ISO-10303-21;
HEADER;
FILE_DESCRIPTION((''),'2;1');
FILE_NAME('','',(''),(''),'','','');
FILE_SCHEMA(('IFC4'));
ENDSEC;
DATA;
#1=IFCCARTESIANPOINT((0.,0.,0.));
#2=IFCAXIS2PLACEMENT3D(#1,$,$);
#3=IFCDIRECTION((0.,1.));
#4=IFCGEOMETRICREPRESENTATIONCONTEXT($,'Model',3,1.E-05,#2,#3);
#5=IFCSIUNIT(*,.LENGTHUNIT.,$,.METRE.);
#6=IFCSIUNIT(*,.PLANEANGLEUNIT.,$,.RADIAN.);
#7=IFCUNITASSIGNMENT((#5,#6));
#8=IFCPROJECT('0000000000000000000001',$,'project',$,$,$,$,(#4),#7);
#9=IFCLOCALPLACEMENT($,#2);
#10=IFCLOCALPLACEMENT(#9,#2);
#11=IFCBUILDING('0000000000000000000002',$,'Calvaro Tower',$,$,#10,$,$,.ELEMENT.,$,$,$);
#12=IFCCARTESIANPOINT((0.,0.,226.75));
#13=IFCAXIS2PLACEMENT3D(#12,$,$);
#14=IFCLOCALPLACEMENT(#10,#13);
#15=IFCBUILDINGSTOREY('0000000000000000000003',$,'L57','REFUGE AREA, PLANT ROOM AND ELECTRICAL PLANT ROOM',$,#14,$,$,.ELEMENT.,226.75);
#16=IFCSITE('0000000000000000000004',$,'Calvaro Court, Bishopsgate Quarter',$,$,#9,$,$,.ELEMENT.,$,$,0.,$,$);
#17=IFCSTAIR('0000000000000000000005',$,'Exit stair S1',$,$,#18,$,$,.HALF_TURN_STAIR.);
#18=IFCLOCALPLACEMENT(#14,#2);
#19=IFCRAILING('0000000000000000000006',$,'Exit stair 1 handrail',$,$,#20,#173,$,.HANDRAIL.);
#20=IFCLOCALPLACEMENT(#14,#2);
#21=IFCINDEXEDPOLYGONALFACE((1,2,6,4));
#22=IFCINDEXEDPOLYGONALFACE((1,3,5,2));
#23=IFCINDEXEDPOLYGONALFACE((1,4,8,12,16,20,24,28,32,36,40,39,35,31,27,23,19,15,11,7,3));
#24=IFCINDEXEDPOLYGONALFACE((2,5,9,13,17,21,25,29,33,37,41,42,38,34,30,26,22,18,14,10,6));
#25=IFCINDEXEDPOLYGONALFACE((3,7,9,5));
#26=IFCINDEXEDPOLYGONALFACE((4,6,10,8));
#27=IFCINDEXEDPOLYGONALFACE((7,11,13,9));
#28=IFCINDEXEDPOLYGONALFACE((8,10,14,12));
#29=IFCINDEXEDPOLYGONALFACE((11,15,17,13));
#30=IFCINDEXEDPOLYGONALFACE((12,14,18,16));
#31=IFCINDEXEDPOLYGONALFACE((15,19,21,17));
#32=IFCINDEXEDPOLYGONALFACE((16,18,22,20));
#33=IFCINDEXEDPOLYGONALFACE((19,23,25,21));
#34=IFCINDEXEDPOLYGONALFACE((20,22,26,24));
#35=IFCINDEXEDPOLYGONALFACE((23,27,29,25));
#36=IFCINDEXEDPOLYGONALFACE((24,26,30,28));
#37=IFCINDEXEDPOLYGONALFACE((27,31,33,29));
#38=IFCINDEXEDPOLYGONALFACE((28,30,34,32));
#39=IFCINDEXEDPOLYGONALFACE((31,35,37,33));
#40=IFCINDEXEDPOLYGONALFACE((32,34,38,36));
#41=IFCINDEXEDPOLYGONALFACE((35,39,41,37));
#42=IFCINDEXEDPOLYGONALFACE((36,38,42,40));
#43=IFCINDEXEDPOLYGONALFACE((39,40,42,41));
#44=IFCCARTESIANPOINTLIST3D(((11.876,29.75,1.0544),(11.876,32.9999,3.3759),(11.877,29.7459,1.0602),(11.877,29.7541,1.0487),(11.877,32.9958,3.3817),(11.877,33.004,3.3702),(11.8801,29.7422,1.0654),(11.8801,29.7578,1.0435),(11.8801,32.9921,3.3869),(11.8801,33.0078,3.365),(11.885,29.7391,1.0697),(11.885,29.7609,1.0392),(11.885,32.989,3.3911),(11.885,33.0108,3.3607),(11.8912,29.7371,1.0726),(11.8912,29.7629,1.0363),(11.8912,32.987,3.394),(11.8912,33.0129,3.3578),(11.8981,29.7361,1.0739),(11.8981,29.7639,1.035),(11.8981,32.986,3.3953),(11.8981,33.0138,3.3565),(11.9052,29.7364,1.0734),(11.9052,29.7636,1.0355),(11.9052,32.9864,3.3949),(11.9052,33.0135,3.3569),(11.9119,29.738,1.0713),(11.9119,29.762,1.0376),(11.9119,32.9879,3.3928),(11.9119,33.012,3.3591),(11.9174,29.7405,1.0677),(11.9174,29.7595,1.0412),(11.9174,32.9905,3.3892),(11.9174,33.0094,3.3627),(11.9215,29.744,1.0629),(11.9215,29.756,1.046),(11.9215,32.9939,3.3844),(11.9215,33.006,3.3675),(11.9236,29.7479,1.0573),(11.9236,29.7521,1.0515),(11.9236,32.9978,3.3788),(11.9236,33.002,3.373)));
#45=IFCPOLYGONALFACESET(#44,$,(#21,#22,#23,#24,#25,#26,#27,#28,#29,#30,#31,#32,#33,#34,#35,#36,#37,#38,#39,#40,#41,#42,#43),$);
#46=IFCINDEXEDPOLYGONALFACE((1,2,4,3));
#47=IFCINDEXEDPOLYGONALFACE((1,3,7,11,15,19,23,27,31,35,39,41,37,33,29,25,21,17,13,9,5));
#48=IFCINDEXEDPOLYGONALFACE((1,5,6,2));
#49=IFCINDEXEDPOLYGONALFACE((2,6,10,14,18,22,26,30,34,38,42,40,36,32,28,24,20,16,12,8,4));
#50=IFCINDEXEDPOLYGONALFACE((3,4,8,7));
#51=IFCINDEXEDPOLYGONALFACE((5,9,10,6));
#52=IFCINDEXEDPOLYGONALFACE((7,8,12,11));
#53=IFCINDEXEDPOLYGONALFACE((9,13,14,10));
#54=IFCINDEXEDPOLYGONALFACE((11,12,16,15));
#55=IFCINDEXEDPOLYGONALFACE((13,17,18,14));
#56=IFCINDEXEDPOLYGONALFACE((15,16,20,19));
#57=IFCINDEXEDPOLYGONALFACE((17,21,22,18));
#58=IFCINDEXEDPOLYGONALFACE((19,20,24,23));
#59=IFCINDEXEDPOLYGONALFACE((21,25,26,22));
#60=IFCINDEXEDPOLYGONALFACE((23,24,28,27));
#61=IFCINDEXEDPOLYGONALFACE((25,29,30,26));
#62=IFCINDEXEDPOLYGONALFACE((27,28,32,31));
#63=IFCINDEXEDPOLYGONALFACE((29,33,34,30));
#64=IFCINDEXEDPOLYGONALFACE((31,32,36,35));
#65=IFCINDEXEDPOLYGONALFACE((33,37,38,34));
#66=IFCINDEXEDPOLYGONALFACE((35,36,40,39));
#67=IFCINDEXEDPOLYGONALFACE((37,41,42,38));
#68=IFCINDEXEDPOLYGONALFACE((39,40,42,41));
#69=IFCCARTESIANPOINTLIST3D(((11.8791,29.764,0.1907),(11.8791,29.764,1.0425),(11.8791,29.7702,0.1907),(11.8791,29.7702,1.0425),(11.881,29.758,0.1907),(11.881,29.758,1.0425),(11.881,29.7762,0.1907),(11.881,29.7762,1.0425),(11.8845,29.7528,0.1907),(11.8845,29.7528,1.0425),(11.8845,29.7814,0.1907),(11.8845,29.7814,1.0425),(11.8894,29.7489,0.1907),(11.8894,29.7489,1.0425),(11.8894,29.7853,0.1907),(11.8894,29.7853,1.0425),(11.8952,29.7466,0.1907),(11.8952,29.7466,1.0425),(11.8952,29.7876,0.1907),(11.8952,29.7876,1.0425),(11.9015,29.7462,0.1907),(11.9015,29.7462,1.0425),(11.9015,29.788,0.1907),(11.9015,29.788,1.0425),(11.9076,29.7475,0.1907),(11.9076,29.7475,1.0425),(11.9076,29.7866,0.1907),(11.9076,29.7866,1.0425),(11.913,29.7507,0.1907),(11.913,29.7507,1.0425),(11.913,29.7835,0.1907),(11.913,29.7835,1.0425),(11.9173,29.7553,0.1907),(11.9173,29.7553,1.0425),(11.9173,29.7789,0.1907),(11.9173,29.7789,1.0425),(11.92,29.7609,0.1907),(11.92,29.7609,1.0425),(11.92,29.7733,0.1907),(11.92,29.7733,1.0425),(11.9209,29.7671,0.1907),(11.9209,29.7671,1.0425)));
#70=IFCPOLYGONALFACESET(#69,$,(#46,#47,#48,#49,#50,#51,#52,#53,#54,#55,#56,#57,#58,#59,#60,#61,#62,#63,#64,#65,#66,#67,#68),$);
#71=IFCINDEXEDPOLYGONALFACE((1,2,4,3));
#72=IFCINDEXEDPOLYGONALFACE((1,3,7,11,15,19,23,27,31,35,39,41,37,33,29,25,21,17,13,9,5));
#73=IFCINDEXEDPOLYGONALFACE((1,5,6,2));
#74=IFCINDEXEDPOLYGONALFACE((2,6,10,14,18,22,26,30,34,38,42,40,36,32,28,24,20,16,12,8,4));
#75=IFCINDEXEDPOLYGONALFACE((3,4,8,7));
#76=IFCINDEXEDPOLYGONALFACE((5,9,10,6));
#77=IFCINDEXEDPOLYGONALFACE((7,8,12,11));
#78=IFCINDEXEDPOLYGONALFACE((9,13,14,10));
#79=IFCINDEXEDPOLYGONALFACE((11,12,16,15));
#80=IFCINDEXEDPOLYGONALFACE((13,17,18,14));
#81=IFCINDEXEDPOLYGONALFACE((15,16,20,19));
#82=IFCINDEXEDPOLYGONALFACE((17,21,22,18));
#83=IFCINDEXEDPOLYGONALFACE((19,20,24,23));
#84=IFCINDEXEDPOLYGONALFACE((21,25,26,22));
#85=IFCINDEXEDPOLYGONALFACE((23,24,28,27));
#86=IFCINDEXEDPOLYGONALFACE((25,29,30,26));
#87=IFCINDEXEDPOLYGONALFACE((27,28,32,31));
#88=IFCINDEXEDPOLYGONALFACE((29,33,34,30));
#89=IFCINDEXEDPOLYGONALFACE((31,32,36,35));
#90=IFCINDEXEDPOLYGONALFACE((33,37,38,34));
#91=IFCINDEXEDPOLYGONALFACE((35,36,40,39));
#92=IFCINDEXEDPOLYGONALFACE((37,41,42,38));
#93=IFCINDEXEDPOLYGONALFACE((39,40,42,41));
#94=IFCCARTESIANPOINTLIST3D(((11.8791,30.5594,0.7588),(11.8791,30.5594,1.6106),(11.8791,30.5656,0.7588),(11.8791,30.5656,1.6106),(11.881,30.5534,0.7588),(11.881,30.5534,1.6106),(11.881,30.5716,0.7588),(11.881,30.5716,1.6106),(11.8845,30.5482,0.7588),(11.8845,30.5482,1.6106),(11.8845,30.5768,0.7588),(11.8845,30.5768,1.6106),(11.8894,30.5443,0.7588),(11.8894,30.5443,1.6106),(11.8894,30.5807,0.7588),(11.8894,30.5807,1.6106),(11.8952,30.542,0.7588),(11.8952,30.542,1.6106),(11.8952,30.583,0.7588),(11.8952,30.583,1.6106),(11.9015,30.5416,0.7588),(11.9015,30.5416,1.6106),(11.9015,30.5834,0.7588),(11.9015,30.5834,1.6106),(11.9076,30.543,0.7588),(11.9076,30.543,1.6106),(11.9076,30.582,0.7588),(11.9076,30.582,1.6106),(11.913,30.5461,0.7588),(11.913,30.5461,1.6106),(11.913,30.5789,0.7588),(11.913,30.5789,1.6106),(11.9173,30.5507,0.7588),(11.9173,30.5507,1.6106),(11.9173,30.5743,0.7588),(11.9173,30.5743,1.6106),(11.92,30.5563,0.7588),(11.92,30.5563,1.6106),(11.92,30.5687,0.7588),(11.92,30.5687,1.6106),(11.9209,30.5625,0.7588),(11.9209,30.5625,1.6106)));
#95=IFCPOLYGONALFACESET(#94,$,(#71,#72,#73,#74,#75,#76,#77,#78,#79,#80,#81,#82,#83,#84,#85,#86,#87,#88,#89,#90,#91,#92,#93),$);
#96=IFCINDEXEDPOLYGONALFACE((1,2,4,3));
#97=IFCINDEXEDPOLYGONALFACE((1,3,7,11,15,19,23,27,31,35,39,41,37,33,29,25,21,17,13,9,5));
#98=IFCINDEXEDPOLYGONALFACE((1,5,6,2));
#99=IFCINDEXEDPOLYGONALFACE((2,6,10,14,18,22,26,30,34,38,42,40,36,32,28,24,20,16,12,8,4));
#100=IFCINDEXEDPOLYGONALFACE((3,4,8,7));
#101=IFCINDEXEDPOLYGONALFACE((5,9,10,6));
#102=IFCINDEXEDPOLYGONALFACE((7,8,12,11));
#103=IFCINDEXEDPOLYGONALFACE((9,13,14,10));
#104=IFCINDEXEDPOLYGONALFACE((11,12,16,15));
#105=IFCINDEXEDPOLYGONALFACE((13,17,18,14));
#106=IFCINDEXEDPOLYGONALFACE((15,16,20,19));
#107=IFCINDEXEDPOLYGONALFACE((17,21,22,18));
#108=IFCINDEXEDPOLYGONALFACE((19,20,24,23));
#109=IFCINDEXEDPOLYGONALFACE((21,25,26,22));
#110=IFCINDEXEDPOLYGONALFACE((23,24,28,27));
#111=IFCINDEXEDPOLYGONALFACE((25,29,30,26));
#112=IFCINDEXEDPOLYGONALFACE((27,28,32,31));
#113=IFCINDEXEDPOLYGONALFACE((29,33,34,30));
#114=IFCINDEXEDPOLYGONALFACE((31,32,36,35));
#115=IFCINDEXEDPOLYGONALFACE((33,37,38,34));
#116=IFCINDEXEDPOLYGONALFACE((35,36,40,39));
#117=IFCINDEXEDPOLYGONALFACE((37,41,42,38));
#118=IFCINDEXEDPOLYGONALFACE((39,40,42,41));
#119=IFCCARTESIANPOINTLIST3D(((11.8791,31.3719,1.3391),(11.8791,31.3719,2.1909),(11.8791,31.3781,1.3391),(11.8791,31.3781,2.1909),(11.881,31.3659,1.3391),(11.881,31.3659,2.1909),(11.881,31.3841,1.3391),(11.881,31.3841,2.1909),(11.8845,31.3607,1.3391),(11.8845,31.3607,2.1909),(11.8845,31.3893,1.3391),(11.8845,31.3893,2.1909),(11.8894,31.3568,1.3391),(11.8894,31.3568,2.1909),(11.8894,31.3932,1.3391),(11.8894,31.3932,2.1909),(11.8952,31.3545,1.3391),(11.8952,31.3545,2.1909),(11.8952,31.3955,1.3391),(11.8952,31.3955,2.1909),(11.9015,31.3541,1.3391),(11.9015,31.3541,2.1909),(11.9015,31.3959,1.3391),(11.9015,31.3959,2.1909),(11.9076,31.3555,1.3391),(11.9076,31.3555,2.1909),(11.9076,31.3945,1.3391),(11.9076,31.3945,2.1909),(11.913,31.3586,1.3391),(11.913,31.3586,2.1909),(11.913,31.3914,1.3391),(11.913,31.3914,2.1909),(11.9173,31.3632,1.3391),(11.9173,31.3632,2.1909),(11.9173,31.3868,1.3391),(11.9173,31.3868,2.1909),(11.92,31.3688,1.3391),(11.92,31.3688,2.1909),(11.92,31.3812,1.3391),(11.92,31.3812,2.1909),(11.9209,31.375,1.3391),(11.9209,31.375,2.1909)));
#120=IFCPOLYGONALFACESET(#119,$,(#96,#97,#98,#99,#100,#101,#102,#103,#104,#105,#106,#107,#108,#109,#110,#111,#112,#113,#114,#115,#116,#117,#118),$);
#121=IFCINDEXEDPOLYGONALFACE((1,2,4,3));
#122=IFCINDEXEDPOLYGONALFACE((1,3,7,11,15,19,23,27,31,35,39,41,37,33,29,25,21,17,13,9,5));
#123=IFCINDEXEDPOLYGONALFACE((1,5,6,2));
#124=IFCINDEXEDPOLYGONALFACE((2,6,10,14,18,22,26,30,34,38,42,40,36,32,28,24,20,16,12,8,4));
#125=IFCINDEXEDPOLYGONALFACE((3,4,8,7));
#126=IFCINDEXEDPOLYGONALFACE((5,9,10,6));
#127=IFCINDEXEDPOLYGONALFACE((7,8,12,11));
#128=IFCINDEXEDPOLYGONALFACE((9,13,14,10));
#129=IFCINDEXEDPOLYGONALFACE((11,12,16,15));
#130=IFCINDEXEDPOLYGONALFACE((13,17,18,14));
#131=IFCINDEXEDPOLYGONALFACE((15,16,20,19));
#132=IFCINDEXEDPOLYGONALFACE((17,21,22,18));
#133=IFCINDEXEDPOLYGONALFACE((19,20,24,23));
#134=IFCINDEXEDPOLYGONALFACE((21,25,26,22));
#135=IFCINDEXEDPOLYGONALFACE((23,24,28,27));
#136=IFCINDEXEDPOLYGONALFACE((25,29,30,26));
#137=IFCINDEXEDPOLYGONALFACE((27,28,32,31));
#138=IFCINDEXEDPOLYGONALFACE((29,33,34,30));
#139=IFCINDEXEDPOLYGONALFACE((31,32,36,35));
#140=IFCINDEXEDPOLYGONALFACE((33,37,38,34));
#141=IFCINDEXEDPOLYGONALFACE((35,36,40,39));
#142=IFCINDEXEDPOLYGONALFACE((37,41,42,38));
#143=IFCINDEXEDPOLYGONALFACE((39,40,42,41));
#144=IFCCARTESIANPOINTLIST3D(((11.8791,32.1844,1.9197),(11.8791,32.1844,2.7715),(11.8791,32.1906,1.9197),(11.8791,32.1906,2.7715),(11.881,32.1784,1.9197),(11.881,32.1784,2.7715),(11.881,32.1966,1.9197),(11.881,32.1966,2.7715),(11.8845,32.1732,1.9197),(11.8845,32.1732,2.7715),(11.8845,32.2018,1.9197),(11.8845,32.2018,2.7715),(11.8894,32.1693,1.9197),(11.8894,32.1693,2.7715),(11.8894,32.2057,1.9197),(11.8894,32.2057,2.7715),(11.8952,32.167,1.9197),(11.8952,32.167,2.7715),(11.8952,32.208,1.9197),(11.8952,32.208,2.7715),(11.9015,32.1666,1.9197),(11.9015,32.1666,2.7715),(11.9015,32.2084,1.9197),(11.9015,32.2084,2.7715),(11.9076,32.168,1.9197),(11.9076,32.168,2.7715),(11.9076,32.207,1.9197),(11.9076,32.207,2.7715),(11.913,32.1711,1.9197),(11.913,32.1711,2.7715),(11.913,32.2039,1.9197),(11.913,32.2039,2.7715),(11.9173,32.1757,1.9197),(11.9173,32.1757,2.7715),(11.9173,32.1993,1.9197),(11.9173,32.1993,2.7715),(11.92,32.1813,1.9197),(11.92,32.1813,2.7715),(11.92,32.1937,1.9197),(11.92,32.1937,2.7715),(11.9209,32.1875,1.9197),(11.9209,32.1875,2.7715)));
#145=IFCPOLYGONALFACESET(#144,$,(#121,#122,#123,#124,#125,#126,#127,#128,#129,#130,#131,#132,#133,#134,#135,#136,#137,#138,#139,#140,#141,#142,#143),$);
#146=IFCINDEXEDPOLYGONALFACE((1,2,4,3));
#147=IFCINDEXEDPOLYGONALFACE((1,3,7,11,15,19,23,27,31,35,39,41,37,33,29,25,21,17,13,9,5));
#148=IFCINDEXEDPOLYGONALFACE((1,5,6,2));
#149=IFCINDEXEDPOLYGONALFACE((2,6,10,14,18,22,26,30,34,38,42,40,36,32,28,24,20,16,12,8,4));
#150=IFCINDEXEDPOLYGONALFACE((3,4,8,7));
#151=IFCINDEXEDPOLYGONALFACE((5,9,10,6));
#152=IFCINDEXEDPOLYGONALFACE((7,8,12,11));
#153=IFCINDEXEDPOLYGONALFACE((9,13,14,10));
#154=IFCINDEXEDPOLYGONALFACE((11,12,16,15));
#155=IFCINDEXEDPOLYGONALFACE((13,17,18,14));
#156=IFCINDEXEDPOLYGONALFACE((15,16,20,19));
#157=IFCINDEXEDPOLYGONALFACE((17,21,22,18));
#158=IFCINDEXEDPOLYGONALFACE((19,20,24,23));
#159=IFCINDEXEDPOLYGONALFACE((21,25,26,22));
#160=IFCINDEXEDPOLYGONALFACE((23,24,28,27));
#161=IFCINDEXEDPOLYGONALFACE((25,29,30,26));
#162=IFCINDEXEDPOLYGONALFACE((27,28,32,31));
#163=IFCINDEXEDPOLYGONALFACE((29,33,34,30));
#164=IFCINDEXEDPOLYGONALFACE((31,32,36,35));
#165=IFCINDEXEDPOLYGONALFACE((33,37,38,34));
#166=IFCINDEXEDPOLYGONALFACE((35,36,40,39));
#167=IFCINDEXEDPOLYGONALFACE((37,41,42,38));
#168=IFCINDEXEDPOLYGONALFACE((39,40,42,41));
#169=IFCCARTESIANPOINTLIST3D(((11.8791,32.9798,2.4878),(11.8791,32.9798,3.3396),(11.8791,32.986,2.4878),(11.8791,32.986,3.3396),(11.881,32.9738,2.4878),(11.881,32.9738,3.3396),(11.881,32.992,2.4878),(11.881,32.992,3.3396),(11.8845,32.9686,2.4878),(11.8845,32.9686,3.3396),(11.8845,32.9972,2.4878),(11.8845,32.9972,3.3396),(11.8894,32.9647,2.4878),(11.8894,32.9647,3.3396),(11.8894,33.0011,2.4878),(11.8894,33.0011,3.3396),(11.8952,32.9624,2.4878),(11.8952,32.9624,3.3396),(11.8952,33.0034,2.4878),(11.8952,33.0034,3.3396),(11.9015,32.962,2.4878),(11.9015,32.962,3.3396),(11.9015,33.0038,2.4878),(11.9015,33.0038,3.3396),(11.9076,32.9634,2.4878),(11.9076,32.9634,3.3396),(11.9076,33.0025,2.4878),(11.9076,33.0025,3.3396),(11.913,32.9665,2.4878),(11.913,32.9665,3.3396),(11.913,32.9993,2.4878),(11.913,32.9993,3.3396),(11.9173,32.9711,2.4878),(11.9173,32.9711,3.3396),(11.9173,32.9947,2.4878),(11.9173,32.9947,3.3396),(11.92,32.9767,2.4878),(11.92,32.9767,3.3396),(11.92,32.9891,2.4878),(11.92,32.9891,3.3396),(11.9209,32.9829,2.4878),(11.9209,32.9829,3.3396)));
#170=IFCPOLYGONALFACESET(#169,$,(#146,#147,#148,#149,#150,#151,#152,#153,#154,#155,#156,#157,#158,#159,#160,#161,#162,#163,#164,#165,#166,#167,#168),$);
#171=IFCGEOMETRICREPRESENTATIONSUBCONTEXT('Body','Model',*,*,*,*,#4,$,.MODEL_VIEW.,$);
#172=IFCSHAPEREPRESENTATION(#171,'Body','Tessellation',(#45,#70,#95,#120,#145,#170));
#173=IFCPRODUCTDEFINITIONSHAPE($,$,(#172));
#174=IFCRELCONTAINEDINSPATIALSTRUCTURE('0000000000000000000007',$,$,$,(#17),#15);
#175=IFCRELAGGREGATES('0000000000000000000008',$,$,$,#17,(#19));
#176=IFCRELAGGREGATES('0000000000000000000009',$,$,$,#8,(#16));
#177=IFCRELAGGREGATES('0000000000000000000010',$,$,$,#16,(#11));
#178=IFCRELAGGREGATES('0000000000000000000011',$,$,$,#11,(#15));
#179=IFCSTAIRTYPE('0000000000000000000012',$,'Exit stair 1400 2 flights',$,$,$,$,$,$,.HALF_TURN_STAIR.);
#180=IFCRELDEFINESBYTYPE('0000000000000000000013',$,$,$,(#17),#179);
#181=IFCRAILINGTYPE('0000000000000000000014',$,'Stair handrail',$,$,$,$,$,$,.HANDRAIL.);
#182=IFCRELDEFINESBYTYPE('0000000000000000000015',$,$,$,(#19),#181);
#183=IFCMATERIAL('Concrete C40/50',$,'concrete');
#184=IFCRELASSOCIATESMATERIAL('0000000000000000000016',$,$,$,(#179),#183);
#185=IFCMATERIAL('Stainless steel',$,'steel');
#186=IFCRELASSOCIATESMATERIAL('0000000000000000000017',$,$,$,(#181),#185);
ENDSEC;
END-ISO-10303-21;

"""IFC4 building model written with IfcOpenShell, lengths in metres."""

from ifc_helpers import new_model, si_unit, direction, frame, origin, origin_2d, place, context, subcontext, project, spatial, circle, extrude, material, type_object, element, aggregate, save


model = new_model("IFC4")

# Units and contexts
model_context = context("Model", 3, precision=1e-05, world=origin(), true_north=direction((0.0, 1.0)))
body_context = subcontext(model_context, "Body", "Model", "MODEL_VIEW")
ifc_project = project(units=[si_unit("LENGTHUNIT", "METRE"), si_unit("PLANEANGLEUNIT", "RADIAN")], contexts=[model_context])

# Site, building, storey
site_placement = place(None, origin())
site = spatial("IfcSite", under=ifc_project, at=site_placement, Name="Calvaro Court, Bishopsgate Quarter", CompositionType="ELEMENT", RefElevation=0.0)
building_placement = place(site_placement, origin())
building = spatial("IfcBuilding", under=site, at=building_placement, Name="Calvaro Tower", CompositionType="ELEMENT")
storey_placement = place(building_placement, frame((0.0, 0.0, 226.75)))
storey = spatial("IfcBuildingStorey", under=building, at=storey_placement, Name="L57", Description="REFUGE AREA, PLANT ROOM AND ELECTRICAL PLANT ROOM", CompositionType="ELEMENT", Elevation=226.75)

# Shared definitions
ifc_material_1 = material(Name="Concrete C40/50", Category="concrete")
stair_type = type_object("IfcStairType", Name="Exit stair 1400 2 flights", PredefinedType="HALF_TURN_STAIR", material=ifc_material_1)

# Stair, railing
stair_1_placement = place(storey_placement, origin())
stair_1 = element("IfcStair", 1, at=stair_1_placement, inside=storey, type_object=stair_type, Name="Exit stair S1", PredefinedType="HALF_TURN_STAIR")
ifc_material_2 = material(Name="Stainless steel", Category="steel")
railing_type = type_object("IfcRailingType", Name="Stair handrail", PredefinedType="HANDRAIL", material=ifc_material_2)
railing_1_placement = place(storey_placement, frame((11.8999, 29.75, 0.1785)))
railing_1 = element("IfcRailing", 2, at=railing_1_placement, type_object=railing_type, Name="Exit stair 1 handrail", PredefinedType="HANDRAIL", context=body_context, shape_type="SweptSolid", body=[
    extrude(circle(Radius=0.0239, at=origin_2d()), frame((0.0, 0.0, 0.876), z_axis=(0.0, 0.813721, 0.581256), x_axis=(-1.0, 0.0, 0.0)), (0.0, 0.0, 1.0), 3.9939),
    extrude(circle(Radius=0.021, at=origin_2d()), frame((0.0, 0.0171, 0.0122)), (0.0, 0.0, 1.0), 0.8518),
    extrude(circle(Radius=0.021, at=origin_2d()), frame((0.0, 0.8125, 0.5803)), (0.0, 0.0, 1.0), 0.8518),
    extrude(circle(Radius=0.021, at=origin_2d()), frame((0.0, 1.625, 1.1606)), (0.0, 0.0, 1.0), 0.8518),
    extrude(circle(Radius=0.021, at=origin_2d()), frame((0.0, 2.4375, 1.7412)), (0.0, 0.0, 1.0), 0.8518),
    extrude(circle(Radius=0.021, at=origin_2d()), frame((0.0, 3.2329, 2.3093)), (0.0, 0.0, 1.0), 0.8518),
])
aggregate(stair_1, [railing_1])

save(model, "model.ifc")
